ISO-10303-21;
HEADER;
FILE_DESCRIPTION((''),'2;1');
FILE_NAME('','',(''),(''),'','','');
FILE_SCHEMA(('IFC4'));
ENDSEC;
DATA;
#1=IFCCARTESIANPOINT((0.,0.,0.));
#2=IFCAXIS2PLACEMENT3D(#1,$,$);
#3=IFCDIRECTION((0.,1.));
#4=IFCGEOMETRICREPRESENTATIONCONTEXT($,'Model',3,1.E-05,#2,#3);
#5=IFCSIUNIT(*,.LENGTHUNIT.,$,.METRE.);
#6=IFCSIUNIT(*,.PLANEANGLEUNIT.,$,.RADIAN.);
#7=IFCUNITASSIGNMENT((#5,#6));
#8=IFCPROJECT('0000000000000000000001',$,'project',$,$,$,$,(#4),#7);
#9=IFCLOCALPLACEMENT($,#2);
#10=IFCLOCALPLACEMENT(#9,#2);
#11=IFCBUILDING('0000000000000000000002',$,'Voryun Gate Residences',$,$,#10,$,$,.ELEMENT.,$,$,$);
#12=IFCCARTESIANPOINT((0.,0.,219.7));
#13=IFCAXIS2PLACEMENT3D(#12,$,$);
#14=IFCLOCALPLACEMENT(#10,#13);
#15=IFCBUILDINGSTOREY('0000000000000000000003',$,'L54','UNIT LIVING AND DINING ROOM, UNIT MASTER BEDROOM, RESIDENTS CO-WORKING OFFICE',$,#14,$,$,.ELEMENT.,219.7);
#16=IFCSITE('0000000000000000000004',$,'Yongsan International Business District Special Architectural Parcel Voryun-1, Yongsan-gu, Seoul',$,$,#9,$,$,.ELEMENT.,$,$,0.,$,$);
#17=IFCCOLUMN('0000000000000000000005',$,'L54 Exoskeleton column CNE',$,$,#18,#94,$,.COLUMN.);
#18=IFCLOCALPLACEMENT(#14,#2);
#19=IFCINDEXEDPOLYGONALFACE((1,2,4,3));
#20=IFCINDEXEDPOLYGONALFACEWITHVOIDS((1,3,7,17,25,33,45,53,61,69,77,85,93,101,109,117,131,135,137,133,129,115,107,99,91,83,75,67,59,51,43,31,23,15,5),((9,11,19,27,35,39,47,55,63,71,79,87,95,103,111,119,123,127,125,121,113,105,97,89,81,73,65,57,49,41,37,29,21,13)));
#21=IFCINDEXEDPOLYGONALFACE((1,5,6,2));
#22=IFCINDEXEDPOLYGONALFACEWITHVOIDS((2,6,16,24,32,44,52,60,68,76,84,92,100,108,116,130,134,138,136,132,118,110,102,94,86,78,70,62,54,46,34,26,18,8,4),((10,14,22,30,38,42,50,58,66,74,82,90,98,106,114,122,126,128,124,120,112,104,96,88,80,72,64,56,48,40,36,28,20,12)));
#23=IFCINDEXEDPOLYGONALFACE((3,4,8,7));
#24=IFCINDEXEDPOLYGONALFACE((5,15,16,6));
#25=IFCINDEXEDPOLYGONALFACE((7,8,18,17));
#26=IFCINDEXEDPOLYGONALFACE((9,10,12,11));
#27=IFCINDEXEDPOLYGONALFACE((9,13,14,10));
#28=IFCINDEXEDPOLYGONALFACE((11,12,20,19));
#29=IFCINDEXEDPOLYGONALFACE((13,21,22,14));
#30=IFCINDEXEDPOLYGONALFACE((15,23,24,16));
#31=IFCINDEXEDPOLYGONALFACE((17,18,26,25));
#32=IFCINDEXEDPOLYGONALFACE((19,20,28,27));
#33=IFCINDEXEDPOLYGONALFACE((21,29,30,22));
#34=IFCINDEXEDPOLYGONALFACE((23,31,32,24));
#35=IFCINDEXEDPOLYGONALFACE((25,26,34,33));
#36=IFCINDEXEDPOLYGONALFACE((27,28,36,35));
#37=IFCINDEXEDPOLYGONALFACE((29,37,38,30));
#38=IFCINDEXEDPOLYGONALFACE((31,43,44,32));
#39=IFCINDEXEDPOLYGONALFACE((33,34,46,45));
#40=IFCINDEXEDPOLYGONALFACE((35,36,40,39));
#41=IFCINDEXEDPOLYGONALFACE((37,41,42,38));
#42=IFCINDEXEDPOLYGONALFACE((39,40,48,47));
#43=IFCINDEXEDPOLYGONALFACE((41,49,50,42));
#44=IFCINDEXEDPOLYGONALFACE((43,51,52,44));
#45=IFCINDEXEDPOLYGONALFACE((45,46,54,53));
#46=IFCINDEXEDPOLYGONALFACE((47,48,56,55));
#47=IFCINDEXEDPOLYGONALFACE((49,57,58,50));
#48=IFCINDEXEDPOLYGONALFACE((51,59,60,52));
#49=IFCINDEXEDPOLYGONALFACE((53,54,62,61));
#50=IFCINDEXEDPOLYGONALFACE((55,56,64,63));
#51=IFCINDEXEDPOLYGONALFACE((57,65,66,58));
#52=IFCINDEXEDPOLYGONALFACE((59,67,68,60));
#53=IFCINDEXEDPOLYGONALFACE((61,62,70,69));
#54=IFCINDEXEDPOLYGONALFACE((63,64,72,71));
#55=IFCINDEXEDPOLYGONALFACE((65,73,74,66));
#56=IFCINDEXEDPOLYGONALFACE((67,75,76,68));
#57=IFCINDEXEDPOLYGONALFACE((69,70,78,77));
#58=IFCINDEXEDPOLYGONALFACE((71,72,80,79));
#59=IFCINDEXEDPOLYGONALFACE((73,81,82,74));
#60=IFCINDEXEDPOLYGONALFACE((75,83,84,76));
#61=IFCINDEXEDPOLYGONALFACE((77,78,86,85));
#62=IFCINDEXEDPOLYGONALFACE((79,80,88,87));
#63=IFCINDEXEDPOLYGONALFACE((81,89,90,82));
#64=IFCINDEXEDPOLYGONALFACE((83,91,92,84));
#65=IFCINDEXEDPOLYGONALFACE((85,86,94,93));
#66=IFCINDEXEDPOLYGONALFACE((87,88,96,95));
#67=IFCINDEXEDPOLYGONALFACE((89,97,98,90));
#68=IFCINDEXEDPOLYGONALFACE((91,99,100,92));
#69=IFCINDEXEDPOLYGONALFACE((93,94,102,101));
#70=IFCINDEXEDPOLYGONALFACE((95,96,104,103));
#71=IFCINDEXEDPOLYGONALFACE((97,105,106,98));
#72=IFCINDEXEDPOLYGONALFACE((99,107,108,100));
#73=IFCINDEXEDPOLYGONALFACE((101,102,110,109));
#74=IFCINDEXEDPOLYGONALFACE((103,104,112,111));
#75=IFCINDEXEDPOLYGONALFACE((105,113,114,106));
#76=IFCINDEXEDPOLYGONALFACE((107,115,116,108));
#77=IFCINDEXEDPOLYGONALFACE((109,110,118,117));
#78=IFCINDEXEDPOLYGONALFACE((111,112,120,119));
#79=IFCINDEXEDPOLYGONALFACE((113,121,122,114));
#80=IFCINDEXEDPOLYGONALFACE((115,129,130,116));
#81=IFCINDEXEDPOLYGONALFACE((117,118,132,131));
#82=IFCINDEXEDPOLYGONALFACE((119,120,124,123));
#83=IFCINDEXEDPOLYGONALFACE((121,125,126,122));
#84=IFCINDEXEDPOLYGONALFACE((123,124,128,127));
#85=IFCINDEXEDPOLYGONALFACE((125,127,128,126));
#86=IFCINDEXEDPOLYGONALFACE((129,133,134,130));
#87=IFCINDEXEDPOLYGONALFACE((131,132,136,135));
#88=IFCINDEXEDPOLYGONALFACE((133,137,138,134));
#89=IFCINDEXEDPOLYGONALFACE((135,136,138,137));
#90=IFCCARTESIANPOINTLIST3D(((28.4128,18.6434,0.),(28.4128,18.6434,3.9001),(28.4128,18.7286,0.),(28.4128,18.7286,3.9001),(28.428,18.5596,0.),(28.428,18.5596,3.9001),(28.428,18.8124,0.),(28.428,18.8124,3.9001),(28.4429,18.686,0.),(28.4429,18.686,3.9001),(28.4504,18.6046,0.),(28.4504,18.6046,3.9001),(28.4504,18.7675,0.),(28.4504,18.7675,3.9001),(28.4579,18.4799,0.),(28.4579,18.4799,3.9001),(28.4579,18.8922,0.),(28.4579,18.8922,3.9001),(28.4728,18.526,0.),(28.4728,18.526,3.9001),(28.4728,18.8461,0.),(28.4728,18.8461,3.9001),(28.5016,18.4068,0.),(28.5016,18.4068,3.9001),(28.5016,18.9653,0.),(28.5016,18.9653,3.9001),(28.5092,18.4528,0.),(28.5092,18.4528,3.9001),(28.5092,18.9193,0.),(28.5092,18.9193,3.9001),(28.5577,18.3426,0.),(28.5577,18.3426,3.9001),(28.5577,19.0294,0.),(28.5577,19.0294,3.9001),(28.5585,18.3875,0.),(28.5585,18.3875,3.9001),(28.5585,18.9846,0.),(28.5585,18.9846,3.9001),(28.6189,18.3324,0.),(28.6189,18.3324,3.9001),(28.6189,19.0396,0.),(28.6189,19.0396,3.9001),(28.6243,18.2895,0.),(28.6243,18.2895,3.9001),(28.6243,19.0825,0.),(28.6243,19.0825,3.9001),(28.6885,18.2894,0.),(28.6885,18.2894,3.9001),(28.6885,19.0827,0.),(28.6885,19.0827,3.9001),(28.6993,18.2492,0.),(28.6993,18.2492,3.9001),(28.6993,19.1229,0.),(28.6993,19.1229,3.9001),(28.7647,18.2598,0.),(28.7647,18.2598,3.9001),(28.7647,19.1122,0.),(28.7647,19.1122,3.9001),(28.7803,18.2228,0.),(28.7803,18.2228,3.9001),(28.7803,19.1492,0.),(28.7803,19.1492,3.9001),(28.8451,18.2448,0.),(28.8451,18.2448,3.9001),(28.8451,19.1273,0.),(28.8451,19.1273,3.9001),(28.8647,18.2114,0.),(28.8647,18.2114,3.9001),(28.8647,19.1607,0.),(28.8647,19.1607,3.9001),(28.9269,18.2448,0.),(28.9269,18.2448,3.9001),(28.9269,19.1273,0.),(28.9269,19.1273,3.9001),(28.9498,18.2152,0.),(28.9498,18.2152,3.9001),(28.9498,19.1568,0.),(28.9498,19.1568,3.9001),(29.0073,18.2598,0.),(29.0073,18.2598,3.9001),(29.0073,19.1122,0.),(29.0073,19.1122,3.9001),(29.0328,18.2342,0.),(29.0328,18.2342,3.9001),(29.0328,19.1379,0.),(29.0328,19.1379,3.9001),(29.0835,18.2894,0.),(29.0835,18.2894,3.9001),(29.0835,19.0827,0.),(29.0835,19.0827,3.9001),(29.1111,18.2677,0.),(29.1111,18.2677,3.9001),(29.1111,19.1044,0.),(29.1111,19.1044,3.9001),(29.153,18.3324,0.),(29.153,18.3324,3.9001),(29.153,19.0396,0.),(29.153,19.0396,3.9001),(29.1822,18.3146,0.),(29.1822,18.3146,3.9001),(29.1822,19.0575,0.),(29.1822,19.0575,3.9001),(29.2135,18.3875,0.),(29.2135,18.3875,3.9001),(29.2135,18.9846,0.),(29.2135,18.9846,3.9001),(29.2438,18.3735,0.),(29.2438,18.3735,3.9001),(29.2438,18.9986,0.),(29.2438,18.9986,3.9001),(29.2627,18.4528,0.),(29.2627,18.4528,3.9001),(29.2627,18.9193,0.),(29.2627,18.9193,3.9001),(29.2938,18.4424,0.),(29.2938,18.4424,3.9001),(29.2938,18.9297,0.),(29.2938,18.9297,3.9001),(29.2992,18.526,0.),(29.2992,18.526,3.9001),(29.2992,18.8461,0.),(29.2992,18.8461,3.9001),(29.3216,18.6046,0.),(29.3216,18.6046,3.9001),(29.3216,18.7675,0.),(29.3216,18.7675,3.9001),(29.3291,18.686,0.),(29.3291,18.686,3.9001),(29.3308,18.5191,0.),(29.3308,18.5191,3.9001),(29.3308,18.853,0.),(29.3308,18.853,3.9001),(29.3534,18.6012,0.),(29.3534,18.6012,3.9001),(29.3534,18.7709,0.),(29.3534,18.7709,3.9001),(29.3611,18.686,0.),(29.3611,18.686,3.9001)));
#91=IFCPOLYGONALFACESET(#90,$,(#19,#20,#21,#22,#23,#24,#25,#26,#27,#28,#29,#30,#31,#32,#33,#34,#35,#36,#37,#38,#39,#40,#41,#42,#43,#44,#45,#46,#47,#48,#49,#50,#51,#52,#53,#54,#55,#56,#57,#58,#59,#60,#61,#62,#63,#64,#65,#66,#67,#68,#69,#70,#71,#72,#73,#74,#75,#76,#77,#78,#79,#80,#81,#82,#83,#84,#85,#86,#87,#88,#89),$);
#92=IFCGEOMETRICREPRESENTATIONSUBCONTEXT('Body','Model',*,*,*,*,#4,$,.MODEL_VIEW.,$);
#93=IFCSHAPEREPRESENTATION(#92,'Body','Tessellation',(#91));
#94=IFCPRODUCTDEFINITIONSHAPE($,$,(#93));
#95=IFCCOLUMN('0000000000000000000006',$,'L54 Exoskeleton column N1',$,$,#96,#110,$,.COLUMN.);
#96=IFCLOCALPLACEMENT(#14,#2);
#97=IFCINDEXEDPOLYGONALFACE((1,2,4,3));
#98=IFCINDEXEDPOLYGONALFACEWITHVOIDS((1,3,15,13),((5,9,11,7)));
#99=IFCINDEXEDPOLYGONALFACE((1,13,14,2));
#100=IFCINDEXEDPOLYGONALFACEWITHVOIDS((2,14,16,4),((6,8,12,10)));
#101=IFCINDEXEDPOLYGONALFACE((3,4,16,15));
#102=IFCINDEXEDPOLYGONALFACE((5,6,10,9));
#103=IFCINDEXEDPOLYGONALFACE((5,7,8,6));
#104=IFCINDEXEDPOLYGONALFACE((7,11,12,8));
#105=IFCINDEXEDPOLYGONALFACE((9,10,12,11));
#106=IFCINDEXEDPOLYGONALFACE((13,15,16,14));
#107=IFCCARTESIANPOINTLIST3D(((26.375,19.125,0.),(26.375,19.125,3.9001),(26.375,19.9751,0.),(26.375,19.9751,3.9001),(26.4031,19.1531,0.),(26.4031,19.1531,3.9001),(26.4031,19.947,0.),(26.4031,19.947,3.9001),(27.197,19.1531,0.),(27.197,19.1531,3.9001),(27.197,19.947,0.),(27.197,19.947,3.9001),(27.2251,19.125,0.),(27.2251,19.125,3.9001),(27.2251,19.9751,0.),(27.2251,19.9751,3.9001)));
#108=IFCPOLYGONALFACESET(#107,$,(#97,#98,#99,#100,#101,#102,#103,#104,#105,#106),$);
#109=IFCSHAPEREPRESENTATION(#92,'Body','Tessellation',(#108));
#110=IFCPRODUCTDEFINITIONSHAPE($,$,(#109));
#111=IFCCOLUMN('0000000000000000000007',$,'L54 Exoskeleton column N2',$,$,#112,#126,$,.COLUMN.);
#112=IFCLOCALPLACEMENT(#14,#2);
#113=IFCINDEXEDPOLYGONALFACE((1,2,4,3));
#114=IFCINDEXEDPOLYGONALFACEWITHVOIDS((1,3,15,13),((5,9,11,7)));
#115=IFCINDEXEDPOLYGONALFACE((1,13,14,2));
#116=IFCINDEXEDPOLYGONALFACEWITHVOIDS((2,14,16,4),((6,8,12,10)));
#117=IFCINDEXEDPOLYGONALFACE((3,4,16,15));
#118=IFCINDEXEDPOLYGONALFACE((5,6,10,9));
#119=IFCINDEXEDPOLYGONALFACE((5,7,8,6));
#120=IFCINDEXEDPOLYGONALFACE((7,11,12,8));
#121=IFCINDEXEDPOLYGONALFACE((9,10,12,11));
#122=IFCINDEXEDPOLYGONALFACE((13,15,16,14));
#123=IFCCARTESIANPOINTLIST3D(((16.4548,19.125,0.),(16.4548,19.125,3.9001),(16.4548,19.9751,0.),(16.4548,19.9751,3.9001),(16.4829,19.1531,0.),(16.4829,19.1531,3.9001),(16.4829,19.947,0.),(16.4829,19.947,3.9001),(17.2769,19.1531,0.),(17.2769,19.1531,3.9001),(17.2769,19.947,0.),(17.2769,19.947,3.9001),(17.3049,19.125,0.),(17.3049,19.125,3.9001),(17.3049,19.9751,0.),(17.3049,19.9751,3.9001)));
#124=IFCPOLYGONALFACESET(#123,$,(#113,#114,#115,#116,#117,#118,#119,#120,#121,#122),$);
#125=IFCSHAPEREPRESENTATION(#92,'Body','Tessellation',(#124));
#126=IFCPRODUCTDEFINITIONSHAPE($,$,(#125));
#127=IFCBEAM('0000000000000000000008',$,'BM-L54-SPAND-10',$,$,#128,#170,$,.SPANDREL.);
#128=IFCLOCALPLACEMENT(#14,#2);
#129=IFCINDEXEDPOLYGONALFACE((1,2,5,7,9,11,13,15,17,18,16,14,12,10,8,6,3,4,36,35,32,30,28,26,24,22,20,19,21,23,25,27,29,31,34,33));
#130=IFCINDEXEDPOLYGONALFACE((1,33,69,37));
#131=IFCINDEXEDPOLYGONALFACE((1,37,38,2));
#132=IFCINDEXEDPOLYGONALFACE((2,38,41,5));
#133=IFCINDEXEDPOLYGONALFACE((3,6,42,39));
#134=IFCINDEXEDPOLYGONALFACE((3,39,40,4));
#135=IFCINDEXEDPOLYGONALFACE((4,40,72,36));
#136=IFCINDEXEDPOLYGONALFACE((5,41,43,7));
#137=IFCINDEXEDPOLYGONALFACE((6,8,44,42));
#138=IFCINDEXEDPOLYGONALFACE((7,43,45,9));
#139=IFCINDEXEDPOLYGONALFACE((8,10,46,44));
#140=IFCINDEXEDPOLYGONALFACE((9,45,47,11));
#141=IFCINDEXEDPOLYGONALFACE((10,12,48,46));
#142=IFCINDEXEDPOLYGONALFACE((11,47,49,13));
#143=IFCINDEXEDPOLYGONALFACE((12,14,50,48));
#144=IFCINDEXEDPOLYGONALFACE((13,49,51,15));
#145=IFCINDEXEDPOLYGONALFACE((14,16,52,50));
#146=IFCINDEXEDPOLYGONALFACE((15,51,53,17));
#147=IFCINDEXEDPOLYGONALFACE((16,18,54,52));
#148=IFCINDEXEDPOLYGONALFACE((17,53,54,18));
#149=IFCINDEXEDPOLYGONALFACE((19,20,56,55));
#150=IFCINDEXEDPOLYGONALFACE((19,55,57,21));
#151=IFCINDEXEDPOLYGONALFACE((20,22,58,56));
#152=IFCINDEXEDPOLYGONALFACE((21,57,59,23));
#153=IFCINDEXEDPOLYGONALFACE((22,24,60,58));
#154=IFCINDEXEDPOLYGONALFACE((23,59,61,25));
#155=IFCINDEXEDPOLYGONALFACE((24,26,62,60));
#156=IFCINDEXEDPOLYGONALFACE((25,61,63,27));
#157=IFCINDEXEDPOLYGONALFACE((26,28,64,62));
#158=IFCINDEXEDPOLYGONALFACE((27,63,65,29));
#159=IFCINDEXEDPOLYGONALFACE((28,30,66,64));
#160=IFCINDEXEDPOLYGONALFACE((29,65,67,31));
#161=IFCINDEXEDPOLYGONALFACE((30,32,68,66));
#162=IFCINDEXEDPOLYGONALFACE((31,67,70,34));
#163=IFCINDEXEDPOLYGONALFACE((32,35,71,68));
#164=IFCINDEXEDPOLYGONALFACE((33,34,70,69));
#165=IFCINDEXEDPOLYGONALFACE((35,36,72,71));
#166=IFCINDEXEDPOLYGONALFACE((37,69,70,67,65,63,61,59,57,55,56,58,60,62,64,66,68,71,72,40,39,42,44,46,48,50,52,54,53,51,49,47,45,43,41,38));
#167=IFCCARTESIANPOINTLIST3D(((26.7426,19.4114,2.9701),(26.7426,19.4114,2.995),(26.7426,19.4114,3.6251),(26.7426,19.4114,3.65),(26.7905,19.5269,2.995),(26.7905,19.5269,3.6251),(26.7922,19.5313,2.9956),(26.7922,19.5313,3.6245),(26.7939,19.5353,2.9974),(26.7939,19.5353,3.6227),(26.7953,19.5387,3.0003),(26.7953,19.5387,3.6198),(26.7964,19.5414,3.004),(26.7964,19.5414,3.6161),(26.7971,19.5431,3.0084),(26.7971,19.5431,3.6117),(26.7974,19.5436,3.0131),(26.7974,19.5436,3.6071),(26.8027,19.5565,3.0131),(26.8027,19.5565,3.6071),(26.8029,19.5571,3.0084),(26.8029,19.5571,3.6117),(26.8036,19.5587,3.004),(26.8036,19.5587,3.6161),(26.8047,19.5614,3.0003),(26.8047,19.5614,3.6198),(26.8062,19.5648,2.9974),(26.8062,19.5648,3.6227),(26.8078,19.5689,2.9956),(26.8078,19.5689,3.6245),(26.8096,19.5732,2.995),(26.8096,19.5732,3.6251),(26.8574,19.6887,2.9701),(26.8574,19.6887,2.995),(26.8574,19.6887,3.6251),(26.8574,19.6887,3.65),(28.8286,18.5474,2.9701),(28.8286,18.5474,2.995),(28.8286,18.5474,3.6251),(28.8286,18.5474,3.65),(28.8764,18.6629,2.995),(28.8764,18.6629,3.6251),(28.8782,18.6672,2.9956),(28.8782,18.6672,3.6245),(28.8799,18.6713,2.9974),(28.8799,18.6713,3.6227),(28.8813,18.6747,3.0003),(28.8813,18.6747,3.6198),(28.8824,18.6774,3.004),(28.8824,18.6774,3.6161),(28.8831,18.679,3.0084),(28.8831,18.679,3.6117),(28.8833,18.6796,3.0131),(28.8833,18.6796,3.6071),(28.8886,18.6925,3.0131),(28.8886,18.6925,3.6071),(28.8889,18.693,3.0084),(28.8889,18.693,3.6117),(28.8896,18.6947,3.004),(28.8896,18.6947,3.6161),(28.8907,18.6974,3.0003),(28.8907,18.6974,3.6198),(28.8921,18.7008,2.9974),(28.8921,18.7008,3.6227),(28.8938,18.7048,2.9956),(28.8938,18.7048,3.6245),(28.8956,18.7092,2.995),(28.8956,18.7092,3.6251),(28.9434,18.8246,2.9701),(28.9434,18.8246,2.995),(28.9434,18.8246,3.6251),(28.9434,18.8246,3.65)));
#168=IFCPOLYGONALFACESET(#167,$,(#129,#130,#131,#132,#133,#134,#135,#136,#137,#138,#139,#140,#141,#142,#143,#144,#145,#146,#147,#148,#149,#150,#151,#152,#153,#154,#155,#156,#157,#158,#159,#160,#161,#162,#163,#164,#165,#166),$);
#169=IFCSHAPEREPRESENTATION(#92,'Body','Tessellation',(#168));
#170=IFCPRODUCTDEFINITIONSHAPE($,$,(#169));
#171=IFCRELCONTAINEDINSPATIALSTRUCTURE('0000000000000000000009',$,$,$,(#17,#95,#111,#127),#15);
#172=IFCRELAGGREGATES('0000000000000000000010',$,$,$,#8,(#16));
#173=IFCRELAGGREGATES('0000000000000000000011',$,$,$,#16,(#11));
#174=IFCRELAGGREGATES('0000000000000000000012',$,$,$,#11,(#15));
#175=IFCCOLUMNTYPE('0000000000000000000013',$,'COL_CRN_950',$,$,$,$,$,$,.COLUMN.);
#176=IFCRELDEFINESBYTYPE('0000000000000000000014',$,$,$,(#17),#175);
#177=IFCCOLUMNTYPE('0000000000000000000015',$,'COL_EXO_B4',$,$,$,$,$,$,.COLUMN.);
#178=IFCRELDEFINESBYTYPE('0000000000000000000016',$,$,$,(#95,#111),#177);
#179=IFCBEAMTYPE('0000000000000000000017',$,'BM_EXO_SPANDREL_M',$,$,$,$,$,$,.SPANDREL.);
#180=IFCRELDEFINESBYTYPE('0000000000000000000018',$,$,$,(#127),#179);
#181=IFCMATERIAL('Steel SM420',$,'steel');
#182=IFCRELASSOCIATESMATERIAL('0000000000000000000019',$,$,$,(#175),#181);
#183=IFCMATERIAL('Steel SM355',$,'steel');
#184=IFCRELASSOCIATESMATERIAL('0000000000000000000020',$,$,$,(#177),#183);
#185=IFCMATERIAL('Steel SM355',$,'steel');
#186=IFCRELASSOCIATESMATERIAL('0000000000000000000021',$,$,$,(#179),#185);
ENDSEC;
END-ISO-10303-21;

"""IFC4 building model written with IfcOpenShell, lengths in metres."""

from ifc_helpers import new_model, si_unit, direction, frame, origin, origin_2d, place, context, subcontext, project, spatial, hollow_rectangle, hollow_circle, i_section, extrude, material, material_profile, profile_set, type_object, element, save


model = new_model("IFC4")

# Units and contexts
model_context = context("Model", 3, precision=1e-05, world=origin(), true_north=direction((0.0, 1.0)))
body_context = subcontext(model_context, "Body", "Model", "MODEL_VIEW")
ifc_project = project(units=[si_unit("LENGTHUNIT", "METRE"), si_unit("PLANEANGLEUNIT", "RADIAN")], contexts=[model_context])

# Site, building, storey
site_placement = place(None, origin())
site = spatial("IfcSite", under=ifc_project, at=site_placement, Name="Yongsan International Business District Special Architectural Parcel Voryun-1, Yongsan-gu, Seoul", CompositionType="ELEMENT", RefElevation=0.0)
building_placement = place(site_placement, origin())
building = spatial("IfcBuilding", under=site, at=building_placement, Name="Voryun Gate Residences", CompositionType="ELEMENT")
storey_placement = place(building_placement, frame((0.0, 0.0, 219.7)))
storey = spatial("IfcBuildingStorey", under=building, at=storey_placement, Name="L54", Description="UNIT LIVING AND DINING ROOM, UNIT MASTER BEDROOM, RESIDENTS CO-WORKING OFFICE", CompositionType="ELEMENT", Elevation=219.7)

# Columns
ifc_material_1 = material(Name="Steel SM420", Category="steel")
ifc_material_profile_1 = material_profile(ifc_material_1, hollow_circle(Radius=0.4751, WallThickness=0.032, at=origin_2d()), Name="CHS-950x32")
ifc_profile_set_1 = profile_set([ifc_material_profile_1], Name="Steel SM420")
column_type_1 = type_object("IfcColumnType", Name="COL_CRN_950", PredefinedType="COLUMN", material=ifc_profile_set_1)
column_placement = place(storey_placement, frame((28.886, 18.686, 0.0), z_axis=(0.0, 0.0, 1.0), x_axis=(1.0, 0.0, 0.0)))
element("IfcColumn", 1, at=column_placement, inside=storey, type_object=column_type_1, Name="L54 Exoskeleton column CNE", PredefinedType="COLUMN", context=body_context, shape_type="SweptSolid", body=[
    extrude(hollow_circle(Radius=0.4751, WallThickness=0.032, at=origin_2d()), origin(), (0.0, 0.0, 1.0), 3.9001),
])
ifc_material_2 = material(Name="Steel SM355", Category="steel")
ifc_material_profile_2 = material_profile(ifc_material_2, hollow_rectangle(XDim=0.8501, YDim=0.8501, WallThickness=0.0281, at=origin_2d()), Name="BOX-850x850x28")
ifc_profile_set_2 = profile_set([ifc_material_profile_2], Name="Steel SM355")
column_type_2 = type_object("IfcColumnType", Name="COL_EXO_B4", PredefinedType="COLUMN", material=ifc_profile_set_2)
for number, where, z_axis, x_axis, name in (
    (2, (26.8, 19.55, 0.0), (0.0, 0.0, 1.0), (1.0, 0.0, 0.0), "L54 Exoskeleton column N1"),
    (3, (16.8799, 19.55, 0.0), (0.0, 0.0, 1.0), (1.0, 0.0, 0.0), "L54 Exoskeleton column N2"),
):
    element("IfcColumn", number, at=place(storey_placement, frame(where, z_axis=z_axis, x_axis=x_axis)), inside=storey, type_object=column_type_2, Name=name, PredefinedType="COLUMN", context=body_context, shape_type="SweptSolid", body=[
        extrude(hollow_rectangle(XDim=0.8501, YDim=0.8501, WallThickness=0.0281, at=origin_2d()), origin(), (0.0, 0.0, 1.0), 3.9001),
    ])

# Beam
ifc_material_3 = material(Name="Steel SM355", Category="steel")
ifc_material_profile_3 = material_profile(ifc_material_3, i_section(OverallWidth=0.3, OverallDepth=0.6799, WebThickness=0.0139, FlangeThickness=0.0249, FilletRadius=0.0181, at=origin_2d()), Name="H-680x300x14x25")
ifc_profile_set_3 = profile_set([ifc_material_profile_3], Name="Steel SM355")
beam_type = type_object("IfcBeamType", Name="BM_EXO_SPANDREL_M", PredefinedType="SPANDREL", material=ifc_profile_set_3)
beam_1_placement = place(storey_placement, frame((28.886, 18.686, 3.3101), z_axis=(-0.923881, 0.38268, 0.0), x_axis=(-0.38268, -0.923881, 0.0)))
element("IfcBeam", 4, at=beam_1_placement, inside=storey, type_object=beam_type, Name="BM-L54-SPAND-10", PredefinedType="SPANDREL", context=body_context, shape_type="SweptSolid", body=[
    extrude(i_section(OverallWidth=0.3, OverallDepth=0.6799, WebThickness=0.0139, FlangeThickness=0.0249, FilletRadius=0.0181, at=origin_2d()), origin(), (0.0, 0.0, 1.0), 2.2578),
])

save(model, "model.ifc")
